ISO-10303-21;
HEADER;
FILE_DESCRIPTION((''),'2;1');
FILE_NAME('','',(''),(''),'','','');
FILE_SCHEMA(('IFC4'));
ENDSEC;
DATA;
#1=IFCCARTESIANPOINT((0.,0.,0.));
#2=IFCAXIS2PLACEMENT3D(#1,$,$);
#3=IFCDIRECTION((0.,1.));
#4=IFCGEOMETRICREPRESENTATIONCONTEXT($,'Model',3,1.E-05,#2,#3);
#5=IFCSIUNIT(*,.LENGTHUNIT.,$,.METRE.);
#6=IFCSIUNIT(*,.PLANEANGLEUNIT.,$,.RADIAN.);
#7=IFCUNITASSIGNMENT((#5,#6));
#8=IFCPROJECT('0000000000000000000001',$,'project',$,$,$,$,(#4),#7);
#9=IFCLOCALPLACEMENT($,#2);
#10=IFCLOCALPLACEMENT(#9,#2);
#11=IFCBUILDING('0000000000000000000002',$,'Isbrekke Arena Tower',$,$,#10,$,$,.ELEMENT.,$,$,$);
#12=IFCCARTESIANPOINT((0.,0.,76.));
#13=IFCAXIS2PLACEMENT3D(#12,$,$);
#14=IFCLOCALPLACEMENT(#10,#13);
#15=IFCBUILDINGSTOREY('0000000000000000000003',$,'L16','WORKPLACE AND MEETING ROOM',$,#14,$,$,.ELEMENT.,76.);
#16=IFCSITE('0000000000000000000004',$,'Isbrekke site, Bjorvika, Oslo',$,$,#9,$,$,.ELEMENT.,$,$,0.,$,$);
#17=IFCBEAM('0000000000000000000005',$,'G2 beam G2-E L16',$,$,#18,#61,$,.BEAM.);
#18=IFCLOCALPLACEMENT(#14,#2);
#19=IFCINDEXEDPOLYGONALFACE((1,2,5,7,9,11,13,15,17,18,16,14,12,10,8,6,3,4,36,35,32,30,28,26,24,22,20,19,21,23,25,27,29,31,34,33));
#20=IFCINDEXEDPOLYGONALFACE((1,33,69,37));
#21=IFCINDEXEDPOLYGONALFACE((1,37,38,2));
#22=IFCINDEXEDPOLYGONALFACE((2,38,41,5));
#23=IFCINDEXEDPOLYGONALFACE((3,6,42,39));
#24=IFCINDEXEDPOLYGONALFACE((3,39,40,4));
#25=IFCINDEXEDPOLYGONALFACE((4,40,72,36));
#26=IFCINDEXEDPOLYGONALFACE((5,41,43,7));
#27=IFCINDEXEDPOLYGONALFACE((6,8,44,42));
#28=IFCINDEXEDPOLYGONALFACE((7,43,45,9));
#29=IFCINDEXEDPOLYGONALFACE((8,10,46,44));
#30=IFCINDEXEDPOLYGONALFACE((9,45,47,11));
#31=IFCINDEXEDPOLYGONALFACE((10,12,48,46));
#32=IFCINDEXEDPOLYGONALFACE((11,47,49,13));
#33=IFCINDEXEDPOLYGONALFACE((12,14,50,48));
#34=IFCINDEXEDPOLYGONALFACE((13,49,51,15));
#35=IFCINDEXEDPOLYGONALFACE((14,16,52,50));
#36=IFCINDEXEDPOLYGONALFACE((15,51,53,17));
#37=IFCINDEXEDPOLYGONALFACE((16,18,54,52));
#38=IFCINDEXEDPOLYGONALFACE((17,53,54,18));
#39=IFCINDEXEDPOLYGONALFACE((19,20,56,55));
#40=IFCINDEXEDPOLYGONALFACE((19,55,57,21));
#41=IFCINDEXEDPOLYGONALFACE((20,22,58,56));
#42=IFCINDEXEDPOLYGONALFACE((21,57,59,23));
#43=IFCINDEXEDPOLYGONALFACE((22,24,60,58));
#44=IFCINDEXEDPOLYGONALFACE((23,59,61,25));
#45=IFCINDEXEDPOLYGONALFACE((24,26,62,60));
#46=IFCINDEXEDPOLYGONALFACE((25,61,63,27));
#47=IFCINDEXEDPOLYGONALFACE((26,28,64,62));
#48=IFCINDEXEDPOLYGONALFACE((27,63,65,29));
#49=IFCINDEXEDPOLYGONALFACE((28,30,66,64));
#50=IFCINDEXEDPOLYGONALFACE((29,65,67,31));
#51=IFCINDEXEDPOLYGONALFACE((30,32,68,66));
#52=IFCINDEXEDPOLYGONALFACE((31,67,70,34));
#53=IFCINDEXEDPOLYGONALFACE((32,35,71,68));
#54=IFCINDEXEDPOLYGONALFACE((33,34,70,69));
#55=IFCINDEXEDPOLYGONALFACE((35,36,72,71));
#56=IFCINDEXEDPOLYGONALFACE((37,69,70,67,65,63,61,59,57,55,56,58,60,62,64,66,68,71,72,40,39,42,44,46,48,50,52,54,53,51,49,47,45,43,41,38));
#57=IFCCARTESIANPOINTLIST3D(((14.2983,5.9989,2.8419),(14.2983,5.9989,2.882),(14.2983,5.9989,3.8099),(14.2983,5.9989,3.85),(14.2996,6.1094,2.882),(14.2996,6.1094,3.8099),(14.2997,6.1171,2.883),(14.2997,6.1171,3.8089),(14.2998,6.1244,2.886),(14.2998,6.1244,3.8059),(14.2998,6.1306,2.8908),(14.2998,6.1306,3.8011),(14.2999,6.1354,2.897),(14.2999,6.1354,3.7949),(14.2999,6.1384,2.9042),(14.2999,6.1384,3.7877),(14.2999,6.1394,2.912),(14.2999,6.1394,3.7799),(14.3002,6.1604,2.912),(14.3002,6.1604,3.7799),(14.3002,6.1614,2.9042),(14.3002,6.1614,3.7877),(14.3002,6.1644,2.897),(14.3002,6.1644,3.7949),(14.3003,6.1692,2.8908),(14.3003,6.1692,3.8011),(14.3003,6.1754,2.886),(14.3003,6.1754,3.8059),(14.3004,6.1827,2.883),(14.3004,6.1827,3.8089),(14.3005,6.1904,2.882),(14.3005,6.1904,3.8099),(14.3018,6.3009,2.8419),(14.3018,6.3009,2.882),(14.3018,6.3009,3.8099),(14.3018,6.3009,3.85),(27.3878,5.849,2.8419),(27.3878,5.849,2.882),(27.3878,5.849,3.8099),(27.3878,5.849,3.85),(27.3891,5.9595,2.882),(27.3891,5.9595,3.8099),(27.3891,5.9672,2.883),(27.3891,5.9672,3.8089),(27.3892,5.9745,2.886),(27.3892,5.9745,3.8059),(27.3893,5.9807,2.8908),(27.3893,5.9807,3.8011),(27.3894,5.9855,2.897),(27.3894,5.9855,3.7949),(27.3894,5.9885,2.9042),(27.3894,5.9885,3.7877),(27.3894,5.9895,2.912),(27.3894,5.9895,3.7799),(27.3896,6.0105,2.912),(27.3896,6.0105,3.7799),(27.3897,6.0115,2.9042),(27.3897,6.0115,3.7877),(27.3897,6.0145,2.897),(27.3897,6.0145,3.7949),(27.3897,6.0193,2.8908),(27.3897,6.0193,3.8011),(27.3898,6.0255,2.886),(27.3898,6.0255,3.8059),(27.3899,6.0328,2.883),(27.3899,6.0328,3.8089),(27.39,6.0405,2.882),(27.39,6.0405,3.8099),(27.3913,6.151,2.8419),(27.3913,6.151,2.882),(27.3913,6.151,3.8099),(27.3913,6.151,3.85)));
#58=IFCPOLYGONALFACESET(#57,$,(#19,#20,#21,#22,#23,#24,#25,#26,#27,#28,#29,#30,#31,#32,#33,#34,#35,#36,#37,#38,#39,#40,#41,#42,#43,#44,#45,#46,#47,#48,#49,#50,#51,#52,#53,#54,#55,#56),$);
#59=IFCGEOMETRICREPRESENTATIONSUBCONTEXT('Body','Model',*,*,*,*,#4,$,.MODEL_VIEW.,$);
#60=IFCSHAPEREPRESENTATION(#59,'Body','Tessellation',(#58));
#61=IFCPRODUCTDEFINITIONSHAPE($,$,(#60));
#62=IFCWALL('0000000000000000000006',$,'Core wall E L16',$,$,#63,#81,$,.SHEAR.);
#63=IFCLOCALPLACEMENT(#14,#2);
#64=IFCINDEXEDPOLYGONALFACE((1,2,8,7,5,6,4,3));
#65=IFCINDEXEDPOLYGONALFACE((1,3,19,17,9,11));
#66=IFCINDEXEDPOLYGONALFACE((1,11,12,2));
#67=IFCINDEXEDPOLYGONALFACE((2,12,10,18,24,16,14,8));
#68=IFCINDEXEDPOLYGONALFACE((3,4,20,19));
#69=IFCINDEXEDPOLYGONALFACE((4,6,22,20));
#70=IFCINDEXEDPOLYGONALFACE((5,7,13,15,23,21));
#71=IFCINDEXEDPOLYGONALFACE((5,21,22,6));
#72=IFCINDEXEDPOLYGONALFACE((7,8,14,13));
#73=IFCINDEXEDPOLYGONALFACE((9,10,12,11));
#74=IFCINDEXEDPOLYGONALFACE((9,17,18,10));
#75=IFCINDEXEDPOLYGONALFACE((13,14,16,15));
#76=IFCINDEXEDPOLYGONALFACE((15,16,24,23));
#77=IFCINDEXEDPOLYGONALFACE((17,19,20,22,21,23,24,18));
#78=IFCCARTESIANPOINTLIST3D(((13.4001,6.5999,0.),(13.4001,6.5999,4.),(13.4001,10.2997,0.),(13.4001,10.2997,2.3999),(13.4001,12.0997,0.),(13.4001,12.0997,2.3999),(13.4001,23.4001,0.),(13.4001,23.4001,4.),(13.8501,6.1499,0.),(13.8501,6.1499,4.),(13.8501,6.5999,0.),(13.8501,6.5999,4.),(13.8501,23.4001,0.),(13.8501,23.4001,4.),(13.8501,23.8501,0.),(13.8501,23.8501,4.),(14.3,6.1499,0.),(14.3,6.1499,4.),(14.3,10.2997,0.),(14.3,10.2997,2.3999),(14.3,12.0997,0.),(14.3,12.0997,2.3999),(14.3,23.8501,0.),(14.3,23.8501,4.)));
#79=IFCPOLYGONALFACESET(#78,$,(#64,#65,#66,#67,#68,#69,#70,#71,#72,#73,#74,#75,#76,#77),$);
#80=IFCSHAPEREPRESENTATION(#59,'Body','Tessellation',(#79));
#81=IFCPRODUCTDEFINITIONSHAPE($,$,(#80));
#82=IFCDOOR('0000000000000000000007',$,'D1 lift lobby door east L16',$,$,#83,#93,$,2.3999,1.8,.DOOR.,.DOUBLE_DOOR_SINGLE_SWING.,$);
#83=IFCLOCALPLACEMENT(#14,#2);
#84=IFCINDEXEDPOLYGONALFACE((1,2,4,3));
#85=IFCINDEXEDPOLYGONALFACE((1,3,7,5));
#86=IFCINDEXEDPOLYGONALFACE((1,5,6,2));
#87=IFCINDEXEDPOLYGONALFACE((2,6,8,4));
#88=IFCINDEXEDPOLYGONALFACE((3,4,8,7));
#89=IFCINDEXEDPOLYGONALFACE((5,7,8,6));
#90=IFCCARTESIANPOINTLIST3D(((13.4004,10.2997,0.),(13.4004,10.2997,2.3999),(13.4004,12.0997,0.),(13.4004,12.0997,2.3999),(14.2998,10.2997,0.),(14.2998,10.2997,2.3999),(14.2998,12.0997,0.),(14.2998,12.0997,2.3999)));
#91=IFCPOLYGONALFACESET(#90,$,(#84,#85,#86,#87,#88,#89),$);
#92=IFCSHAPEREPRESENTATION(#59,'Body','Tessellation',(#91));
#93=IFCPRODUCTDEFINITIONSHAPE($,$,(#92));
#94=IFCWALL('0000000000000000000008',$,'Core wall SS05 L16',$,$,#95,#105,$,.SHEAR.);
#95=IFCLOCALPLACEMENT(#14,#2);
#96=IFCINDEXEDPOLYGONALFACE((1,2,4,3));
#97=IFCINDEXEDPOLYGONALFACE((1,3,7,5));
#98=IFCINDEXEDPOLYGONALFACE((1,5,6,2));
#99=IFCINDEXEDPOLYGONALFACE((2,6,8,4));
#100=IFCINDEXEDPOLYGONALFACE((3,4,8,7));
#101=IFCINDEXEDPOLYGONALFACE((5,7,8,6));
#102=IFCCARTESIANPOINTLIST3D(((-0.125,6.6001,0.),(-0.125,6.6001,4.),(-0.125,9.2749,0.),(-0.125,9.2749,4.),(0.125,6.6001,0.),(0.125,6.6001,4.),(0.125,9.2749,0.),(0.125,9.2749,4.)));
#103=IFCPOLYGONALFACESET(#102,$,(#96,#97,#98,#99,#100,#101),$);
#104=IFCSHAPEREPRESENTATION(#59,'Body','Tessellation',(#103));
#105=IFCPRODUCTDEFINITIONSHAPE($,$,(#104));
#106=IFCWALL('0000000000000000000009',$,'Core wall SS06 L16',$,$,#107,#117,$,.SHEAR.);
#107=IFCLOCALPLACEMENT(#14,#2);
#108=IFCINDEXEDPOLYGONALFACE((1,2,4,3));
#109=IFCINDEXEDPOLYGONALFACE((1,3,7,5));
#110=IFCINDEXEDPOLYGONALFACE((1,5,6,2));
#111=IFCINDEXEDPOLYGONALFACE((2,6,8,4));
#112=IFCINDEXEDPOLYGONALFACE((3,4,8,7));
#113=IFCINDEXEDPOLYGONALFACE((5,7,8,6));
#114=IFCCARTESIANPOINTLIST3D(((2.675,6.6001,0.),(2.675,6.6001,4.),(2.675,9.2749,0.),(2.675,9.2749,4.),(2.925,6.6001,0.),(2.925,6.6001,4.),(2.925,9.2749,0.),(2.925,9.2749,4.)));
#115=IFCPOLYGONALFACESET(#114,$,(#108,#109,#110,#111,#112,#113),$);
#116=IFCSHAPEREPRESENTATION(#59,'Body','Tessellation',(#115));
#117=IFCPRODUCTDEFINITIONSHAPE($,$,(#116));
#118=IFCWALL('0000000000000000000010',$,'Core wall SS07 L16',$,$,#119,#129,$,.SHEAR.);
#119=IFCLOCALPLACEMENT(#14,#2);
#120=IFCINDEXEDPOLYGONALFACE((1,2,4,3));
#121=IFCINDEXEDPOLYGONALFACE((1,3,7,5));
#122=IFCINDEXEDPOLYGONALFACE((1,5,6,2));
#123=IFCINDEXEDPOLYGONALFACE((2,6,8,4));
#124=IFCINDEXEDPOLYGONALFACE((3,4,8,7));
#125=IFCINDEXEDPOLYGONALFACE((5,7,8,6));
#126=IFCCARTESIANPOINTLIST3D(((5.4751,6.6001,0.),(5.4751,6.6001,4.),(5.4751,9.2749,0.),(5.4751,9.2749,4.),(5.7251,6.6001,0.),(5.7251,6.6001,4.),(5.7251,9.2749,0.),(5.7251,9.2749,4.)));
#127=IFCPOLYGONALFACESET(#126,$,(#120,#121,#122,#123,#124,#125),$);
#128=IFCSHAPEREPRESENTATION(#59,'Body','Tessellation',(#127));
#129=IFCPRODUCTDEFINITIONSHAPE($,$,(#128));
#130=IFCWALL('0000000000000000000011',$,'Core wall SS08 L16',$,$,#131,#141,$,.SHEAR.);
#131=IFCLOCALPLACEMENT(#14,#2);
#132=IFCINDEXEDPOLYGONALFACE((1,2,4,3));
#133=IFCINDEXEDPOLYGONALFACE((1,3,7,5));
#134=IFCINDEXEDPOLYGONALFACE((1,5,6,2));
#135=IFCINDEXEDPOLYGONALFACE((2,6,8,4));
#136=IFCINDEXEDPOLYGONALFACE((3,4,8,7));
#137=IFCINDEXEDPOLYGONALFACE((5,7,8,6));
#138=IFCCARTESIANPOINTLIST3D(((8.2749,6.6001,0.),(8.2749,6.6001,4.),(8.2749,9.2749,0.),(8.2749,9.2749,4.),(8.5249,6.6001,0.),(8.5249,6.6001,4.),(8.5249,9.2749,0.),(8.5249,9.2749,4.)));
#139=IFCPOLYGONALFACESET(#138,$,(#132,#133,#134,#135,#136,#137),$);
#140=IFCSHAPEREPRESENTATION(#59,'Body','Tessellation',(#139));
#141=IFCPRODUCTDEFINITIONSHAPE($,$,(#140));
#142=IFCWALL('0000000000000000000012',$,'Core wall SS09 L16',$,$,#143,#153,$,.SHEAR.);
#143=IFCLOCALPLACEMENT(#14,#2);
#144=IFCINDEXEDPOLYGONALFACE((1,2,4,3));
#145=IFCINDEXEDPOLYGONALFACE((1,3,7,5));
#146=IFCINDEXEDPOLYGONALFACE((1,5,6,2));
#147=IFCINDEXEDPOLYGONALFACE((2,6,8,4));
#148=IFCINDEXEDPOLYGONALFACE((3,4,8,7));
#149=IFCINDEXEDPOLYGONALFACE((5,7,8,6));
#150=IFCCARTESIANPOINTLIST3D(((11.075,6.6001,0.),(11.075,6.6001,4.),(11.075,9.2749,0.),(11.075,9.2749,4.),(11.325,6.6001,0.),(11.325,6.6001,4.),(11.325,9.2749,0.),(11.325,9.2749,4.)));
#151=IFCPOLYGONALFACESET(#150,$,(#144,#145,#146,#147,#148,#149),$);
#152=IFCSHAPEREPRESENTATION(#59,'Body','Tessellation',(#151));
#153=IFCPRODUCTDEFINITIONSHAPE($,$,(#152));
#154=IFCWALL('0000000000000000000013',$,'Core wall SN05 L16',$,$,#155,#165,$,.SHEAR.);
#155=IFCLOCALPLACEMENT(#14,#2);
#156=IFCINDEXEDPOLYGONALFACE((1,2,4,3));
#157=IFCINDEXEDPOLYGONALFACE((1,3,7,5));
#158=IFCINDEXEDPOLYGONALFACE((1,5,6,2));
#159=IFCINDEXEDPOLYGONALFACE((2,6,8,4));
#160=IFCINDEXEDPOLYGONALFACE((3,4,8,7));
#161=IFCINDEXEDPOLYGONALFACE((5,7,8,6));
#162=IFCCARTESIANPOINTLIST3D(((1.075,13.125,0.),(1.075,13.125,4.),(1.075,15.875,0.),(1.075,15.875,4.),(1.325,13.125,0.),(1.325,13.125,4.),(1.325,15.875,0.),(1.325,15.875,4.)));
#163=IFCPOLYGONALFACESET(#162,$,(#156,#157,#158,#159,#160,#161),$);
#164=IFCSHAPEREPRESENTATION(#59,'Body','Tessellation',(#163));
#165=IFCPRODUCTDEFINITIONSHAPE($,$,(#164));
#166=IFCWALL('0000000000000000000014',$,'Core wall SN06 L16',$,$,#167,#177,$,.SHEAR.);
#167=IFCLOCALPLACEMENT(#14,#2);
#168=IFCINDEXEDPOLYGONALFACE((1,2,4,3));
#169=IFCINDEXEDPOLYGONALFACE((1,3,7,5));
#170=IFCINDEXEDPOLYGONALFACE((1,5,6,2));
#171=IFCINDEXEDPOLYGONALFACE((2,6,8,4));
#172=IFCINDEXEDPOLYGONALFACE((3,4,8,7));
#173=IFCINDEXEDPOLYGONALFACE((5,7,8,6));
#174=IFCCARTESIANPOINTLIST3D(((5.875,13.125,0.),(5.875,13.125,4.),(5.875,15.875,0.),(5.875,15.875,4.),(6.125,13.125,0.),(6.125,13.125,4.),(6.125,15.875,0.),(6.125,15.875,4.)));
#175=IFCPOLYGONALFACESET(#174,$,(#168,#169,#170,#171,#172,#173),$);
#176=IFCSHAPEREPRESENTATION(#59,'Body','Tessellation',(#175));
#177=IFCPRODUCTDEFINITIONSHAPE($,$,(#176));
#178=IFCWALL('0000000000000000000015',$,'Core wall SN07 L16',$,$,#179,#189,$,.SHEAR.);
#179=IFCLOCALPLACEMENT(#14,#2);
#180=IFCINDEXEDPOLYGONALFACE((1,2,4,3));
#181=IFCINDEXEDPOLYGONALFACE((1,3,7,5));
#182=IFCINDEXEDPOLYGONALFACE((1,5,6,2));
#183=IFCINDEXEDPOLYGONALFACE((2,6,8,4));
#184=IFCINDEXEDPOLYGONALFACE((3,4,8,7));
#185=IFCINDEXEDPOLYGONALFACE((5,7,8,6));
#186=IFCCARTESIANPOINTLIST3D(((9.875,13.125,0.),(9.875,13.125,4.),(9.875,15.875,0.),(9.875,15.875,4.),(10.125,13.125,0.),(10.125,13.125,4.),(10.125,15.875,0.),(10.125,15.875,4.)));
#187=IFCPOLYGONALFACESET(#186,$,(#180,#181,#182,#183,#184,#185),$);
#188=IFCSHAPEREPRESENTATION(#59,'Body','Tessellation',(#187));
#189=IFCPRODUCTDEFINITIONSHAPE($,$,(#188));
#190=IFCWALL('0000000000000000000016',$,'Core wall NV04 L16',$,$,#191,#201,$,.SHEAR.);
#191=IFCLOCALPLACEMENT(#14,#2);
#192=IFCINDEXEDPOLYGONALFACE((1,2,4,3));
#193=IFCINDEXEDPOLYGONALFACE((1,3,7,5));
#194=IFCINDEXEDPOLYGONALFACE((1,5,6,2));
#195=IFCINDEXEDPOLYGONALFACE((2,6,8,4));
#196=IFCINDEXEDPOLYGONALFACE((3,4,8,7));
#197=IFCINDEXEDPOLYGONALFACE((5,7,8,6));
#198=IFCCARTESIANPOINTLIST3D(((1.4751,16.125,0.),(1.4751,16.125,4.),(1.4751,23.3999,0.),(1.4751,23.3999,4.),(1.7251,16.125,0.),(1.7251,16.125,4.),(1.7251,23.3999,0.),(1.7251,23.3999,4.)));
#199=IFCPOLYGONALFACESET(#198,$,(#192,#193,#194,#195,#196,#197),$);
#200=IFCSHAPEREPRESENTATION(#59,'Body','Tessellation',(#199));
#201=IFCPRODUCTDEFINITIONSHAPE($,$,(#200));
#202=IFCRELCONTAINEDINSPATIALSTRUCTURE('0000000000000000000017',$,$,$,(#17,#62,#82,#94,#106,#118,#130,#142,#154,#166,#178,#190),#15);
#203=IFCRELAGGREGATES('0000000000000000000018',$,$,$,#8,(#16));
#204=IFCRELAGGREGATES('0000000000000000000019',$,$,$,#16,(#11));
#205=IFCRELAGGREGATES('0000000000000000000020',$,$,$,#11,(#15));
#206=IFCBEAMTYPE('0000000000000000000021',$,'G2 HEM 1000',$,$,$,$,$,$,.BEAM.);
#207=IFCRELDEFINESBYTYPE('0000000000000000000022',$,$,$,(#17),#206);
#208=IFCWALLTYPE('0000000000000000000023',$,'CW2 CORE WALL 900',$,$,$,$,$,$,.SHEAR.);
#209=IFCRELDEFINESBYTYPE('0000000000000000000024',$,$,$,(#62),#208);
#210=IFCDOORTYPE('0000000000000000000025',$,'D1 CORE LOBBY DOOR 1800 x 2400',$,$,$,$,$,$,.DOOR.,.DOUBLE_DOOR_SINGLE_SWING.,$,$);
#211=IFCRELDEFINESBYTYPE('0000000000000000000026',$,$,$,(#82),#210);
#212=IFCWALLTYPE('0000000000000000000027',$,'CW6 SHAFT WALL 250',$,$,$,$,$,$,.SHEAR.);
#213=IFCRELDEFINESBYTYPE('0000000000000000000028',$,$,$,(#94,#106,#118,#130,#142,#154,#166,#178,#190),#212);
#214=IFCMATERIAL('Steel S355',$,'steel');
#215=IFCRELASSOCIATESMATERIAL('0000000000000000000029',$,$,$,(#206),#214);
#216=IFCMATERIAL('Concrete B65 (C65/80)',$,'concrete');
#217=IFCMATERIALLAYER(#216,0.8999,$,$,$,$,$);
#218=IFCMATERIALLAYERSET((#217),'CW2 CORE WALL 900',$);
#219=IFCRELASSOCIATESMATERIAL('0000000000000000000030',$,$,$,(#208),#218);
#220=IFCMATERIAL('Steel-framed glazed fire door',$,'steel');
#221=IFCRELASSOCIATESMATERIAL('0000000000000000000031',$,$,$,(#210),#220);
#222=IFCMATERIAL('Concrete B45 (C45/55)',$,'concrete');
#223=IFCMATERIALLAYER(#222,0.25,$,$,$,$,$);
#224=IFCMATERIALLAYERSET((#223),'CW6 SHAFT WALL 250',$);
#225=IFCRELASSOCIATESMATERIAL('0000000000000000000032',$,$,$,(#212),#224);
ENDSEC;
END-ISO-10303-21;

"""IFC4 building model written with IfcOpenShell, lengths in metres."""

from ifc_helpers import new_model, si_unit, direction, frame, frame_2d, origin, origin_2d, place, context, subcontext, project, spatial, polyline, rectangle, i_section, outline, extrude, material, layer, layer_set, material_profile, profile_set, type_object, element, fill, save


model = new_model("IFC4")

# Units and contexts
model_context = context("Model", 3, precision=1e-05, world=origin(), true_north=direction((0.0, 1.0)))
body_context = subcontext(model_context, "Body", "Model", "MODEL_VIEW")
ifc_project = project(units=[si_unit("LENGTHUNIT", "METRE"), si_unit("PLANEANGLEUNIT", "RADIAN")], contexts=[model_context])

# Site, building, storey
site_placement = place(None, origin())
site = spatial("IfcSite", under=ifc_project, at=site_placement, Name="Isbrekke site, Bjorvika, Oslo", CompositionType="ELEMENT", RefElevation=0.0)
building_placement = place(site_placement, origin())
building = spatial("IfcBuilding", under=site, at=building_placement, Name="Isbrekke Arena Tower", CompositionType="ELEMENT")
storey_placement = place(building_placement, frame((0.0, 0.0, 76.0)))
storey = spatial("IfcBuildingStorey", under=building, at=storey_placement, Name="L16", Description="WORKPLACE AND MEETING ROOM", CompositionType="ELEMENT", Elevation=76.0)

# Beam
ifc_material_1 = material(Name="Steel S355", Category="steel")
ifc_material_profile = material_profile(ifc_material_1, i_section(OverallWidth=0.302, OverallDepth=1.0081, WebThickness=0.021, FlangeThickness=0.04, FilletRadius=0.03, at=origin_2d()), Name="HEM 1000")
ifc_profile_set = profile_set([ifc_material_profile], Name="Steel S355")
beam_type = type_object("IfcBeamType", Name="G2 HEM 1000", PredefinedType="BEAM", material=ifc_profile_set)
beam_placement = place(storey_placement, frame((14.3, 6.1499, 3.3459), z_axis=(0.999934, -0.011451, 0.0), x_axis=(0.011451, 0.999934, 0.0)))
element("IfcBeam", 1, at=beam_placement, inside=storey, type_object=beam_type, Name="G2 beam G2-E L16", PredefinedType="BEAM", context=body_context, shape_type="SweptSolid", body=[
    extrude(i_section(OverallWidth=0.302, OverallDepth=1.0081, WebThickness=0.021, FlangeThickness=0.04, FilletRadius=0.03, at=origin_2d()), origin(), (0.0, 0.0, 1.0), 13.0903),
])

# Wall, opening, door
ifc_material_2 = material(Name="Concrete B65 (C65/80)", Category="concrete")
ifc_layer_1 = layer(ifc_material_2, 0.8999)
ifc_layer_set_1 = layer_set([ifc_layer_1], Name="CW2 CORE WALL 900")
wall_type_1 = type_object("IfcWallType", Name="CW2 CORE WALL 900", PredefinedType="SHEAR", material=ifc_layer_set_1)
wall_1_placement = place(storey_placement, frame((13.8501, 6.1499, 0.0), z_axis=(0.0, 0.0, 1.0), x_axis=(0.0, 1.0, 0.0)))
wall_1 = element("IfcWall", 2, at=wall_1_placement, inside=storey, type_object=wall_type_1, Name="Core wall E L16", PredefinedType="SHEAR", context=body_context, shape_type="SweptSolid", body=[
    extrude(outline(polyline([(0.0, -0.45), (17.7002, -0.45), (17.7002, 0.0), (17.2502, 0.0), (17.2502, 0.45), (0.45, 0.45), (0.45, 0.0), (0.0, 0.0), (0.0, -0.45)])), origin(), (0.0, 0.0, 1.0), 4.0),
])
opening_placement = place(wall_1_placement, frame((4.1499, 0.0, 0.0)))
opening = element("IfcOpeningElement", 3, at=opening_placement, cuts=wall_1, PredefinedType="OPENING", context=body_context, shape_type="SweptSolid", body=[
    extrude(rectangle(XDim=1.8, YDim=2.3999, at=frame_2d((0.8999, 1.2))), frame((0.0, 0.4648, 0.0), z_axis=(0.0, -1.0, 0.0), x_axis=(1.0, 0.0, 0.0)), (0.0, 0.0, 1.0), 0.9297),
])
ifc_material_3 = material(Name="Steel-framed glazed fire door", Category="steel")
door_type = type_object("IfcDoorType", Name="D1 CORE LOBBY DOOR 1800 x 2400", OperationType="DOUBLE_DOOR_SINGLE_SWING", PredefinedType="DOOR", material=ifc_material_3)
door_placement = place(opening_placement, origin())
door = element("IfcDoor", 4, at=door_placement, inside=storey, type_object=door_type, Name="D1 lift lobby door east L16", OperationType="DOUBLE_DOOR_SINGLE_SWING", OverallHeight=2.3999, OverallWidth=1.8, PredefinedType="DOOR", context=body_context, shape_type="SweptSolid", body=[
    extrude(rectangle(XDim=1.8, YDim=2.3999, at=frame_2d((0.8999, 1.2))), frame((0.0, 0.4497, 0.0), z_axis=(0.0, -1.0, 0.0), x_axis=(1.0, 0.0, 0.0)), (0.0, 0.0, 1.0), 0.8994),
])
fill(opening, door)

# Walls
ifc_material_4 = material(Name="Concrete B45 (C45/55)", Category="concrete")
ifc_layer_2 = layer(ifc_material_4, 0.25)
ifc_layer_set_2 = layer_set([ifc_layer_2], Name="CW6 SHAFT WALL 250")
wall_type_2 = type_object("IfcWallType", Name="CW6 SHAFT WALL 250", PredefinedType="SHEAR", material=ifc_layer_set_2)
for number, where, z_axis, x_axis, name in (
    (5, (0.0, 6.6001, 0.0), (0.0, 0.0, 1.0), (0.0, 1.0, 0.0), "Core wall SS05 L16"),
    (6, (2.8, 6.6001, 0.0), (0.0, 0.0, 1.0), (0.0, 1.0, 0.0), "Core wall SS06 L16"),
    (7, (5.6001, 6.6001, 0.0), (0.0, 0.0, 1.0), (0.0, 1.0, 0.0), "Core wall SS07 L16"),
    (8, (8.3999, 6.6001, 0.0), (0.0, 0.0, 1.0), (0.0, 1.0, 0.0), "Core wall SS08 L16"),
    (9, (11.2, 6.6001, 0.0), (0.0, 0.0, 1.0), (0.0, 1.0, 0.0), "Core wall SS09 L16"),
):
    element("IfcWall", number, at=place(storey_placement, frame(where, z_axis=z_axis, x_axis=x_axis)), inside=storey, type_object=wall_type_2, Name=name, PredefinedType="SHEAR", context=body_context, shape_type="SweptSolid", body=[
        extrude(rectangle(XDim=2.6748, YDim=0.25, at=frame_2d((1.3374, 0.0))), origin(), (0.0, 0.0, 1.0), 4.0),
    ])
for number, where, z_axis, x_axis, name in (
    (10, (1.2, 13.125, 0.0), (0.0, 0.0, 1.0), (0.0, 1.0, 0.0), "Core wall SN05 L16"),
    (11, (6.0, 13.125, 0.0), (0.0, 0.0, 1.0), (0.0, 1.0, 0.0), "Core wall SN06 L16"),
    (12, (10.0, 13.125, 0.0), (0.0, 0.0, 1.0), (0.0, 1.0, 0.0), "Core wall SN07 L16"),
):
    element("IfcWall", number, at=place(storey_placement, frame(where, z_axis=z_axis, x_axis=x_axis)), inside=storey, type_object=wall_type_2, Name=name, PredefinedType="SHEAR", context=body_context, shape_type="SweptSolid", body=[
        extrude(rectangle(XDim=2.75, YDim=0.25, at=frame_2d((1.375, 0.0))), origin(), (0.0, 0.0, 1.0), 4.0),
    ])
wall_2_placement = place(storey_placement, frame((1.6001, 16.125, 0.0), z_axis=(0.0, 0.0, 1.0), x_axis=(0.0, 1.0, 0.0)))
element("IfcWall", 13, at=wall_2_placement, inside=storey, type_object=wall_type_2, Name="Core wall NV04 L16", PredefinedType="SHEAR", context=body_context, shape_type="SweptSolid", body=[
    extrude(rectangle(XDim=7.2749, YDim=0.25, at=frame_2d((3.6375, 0.0))), origin(), (0.0, 0.0, 1.0), 4.0),
])

save(model, "model.ifc")
